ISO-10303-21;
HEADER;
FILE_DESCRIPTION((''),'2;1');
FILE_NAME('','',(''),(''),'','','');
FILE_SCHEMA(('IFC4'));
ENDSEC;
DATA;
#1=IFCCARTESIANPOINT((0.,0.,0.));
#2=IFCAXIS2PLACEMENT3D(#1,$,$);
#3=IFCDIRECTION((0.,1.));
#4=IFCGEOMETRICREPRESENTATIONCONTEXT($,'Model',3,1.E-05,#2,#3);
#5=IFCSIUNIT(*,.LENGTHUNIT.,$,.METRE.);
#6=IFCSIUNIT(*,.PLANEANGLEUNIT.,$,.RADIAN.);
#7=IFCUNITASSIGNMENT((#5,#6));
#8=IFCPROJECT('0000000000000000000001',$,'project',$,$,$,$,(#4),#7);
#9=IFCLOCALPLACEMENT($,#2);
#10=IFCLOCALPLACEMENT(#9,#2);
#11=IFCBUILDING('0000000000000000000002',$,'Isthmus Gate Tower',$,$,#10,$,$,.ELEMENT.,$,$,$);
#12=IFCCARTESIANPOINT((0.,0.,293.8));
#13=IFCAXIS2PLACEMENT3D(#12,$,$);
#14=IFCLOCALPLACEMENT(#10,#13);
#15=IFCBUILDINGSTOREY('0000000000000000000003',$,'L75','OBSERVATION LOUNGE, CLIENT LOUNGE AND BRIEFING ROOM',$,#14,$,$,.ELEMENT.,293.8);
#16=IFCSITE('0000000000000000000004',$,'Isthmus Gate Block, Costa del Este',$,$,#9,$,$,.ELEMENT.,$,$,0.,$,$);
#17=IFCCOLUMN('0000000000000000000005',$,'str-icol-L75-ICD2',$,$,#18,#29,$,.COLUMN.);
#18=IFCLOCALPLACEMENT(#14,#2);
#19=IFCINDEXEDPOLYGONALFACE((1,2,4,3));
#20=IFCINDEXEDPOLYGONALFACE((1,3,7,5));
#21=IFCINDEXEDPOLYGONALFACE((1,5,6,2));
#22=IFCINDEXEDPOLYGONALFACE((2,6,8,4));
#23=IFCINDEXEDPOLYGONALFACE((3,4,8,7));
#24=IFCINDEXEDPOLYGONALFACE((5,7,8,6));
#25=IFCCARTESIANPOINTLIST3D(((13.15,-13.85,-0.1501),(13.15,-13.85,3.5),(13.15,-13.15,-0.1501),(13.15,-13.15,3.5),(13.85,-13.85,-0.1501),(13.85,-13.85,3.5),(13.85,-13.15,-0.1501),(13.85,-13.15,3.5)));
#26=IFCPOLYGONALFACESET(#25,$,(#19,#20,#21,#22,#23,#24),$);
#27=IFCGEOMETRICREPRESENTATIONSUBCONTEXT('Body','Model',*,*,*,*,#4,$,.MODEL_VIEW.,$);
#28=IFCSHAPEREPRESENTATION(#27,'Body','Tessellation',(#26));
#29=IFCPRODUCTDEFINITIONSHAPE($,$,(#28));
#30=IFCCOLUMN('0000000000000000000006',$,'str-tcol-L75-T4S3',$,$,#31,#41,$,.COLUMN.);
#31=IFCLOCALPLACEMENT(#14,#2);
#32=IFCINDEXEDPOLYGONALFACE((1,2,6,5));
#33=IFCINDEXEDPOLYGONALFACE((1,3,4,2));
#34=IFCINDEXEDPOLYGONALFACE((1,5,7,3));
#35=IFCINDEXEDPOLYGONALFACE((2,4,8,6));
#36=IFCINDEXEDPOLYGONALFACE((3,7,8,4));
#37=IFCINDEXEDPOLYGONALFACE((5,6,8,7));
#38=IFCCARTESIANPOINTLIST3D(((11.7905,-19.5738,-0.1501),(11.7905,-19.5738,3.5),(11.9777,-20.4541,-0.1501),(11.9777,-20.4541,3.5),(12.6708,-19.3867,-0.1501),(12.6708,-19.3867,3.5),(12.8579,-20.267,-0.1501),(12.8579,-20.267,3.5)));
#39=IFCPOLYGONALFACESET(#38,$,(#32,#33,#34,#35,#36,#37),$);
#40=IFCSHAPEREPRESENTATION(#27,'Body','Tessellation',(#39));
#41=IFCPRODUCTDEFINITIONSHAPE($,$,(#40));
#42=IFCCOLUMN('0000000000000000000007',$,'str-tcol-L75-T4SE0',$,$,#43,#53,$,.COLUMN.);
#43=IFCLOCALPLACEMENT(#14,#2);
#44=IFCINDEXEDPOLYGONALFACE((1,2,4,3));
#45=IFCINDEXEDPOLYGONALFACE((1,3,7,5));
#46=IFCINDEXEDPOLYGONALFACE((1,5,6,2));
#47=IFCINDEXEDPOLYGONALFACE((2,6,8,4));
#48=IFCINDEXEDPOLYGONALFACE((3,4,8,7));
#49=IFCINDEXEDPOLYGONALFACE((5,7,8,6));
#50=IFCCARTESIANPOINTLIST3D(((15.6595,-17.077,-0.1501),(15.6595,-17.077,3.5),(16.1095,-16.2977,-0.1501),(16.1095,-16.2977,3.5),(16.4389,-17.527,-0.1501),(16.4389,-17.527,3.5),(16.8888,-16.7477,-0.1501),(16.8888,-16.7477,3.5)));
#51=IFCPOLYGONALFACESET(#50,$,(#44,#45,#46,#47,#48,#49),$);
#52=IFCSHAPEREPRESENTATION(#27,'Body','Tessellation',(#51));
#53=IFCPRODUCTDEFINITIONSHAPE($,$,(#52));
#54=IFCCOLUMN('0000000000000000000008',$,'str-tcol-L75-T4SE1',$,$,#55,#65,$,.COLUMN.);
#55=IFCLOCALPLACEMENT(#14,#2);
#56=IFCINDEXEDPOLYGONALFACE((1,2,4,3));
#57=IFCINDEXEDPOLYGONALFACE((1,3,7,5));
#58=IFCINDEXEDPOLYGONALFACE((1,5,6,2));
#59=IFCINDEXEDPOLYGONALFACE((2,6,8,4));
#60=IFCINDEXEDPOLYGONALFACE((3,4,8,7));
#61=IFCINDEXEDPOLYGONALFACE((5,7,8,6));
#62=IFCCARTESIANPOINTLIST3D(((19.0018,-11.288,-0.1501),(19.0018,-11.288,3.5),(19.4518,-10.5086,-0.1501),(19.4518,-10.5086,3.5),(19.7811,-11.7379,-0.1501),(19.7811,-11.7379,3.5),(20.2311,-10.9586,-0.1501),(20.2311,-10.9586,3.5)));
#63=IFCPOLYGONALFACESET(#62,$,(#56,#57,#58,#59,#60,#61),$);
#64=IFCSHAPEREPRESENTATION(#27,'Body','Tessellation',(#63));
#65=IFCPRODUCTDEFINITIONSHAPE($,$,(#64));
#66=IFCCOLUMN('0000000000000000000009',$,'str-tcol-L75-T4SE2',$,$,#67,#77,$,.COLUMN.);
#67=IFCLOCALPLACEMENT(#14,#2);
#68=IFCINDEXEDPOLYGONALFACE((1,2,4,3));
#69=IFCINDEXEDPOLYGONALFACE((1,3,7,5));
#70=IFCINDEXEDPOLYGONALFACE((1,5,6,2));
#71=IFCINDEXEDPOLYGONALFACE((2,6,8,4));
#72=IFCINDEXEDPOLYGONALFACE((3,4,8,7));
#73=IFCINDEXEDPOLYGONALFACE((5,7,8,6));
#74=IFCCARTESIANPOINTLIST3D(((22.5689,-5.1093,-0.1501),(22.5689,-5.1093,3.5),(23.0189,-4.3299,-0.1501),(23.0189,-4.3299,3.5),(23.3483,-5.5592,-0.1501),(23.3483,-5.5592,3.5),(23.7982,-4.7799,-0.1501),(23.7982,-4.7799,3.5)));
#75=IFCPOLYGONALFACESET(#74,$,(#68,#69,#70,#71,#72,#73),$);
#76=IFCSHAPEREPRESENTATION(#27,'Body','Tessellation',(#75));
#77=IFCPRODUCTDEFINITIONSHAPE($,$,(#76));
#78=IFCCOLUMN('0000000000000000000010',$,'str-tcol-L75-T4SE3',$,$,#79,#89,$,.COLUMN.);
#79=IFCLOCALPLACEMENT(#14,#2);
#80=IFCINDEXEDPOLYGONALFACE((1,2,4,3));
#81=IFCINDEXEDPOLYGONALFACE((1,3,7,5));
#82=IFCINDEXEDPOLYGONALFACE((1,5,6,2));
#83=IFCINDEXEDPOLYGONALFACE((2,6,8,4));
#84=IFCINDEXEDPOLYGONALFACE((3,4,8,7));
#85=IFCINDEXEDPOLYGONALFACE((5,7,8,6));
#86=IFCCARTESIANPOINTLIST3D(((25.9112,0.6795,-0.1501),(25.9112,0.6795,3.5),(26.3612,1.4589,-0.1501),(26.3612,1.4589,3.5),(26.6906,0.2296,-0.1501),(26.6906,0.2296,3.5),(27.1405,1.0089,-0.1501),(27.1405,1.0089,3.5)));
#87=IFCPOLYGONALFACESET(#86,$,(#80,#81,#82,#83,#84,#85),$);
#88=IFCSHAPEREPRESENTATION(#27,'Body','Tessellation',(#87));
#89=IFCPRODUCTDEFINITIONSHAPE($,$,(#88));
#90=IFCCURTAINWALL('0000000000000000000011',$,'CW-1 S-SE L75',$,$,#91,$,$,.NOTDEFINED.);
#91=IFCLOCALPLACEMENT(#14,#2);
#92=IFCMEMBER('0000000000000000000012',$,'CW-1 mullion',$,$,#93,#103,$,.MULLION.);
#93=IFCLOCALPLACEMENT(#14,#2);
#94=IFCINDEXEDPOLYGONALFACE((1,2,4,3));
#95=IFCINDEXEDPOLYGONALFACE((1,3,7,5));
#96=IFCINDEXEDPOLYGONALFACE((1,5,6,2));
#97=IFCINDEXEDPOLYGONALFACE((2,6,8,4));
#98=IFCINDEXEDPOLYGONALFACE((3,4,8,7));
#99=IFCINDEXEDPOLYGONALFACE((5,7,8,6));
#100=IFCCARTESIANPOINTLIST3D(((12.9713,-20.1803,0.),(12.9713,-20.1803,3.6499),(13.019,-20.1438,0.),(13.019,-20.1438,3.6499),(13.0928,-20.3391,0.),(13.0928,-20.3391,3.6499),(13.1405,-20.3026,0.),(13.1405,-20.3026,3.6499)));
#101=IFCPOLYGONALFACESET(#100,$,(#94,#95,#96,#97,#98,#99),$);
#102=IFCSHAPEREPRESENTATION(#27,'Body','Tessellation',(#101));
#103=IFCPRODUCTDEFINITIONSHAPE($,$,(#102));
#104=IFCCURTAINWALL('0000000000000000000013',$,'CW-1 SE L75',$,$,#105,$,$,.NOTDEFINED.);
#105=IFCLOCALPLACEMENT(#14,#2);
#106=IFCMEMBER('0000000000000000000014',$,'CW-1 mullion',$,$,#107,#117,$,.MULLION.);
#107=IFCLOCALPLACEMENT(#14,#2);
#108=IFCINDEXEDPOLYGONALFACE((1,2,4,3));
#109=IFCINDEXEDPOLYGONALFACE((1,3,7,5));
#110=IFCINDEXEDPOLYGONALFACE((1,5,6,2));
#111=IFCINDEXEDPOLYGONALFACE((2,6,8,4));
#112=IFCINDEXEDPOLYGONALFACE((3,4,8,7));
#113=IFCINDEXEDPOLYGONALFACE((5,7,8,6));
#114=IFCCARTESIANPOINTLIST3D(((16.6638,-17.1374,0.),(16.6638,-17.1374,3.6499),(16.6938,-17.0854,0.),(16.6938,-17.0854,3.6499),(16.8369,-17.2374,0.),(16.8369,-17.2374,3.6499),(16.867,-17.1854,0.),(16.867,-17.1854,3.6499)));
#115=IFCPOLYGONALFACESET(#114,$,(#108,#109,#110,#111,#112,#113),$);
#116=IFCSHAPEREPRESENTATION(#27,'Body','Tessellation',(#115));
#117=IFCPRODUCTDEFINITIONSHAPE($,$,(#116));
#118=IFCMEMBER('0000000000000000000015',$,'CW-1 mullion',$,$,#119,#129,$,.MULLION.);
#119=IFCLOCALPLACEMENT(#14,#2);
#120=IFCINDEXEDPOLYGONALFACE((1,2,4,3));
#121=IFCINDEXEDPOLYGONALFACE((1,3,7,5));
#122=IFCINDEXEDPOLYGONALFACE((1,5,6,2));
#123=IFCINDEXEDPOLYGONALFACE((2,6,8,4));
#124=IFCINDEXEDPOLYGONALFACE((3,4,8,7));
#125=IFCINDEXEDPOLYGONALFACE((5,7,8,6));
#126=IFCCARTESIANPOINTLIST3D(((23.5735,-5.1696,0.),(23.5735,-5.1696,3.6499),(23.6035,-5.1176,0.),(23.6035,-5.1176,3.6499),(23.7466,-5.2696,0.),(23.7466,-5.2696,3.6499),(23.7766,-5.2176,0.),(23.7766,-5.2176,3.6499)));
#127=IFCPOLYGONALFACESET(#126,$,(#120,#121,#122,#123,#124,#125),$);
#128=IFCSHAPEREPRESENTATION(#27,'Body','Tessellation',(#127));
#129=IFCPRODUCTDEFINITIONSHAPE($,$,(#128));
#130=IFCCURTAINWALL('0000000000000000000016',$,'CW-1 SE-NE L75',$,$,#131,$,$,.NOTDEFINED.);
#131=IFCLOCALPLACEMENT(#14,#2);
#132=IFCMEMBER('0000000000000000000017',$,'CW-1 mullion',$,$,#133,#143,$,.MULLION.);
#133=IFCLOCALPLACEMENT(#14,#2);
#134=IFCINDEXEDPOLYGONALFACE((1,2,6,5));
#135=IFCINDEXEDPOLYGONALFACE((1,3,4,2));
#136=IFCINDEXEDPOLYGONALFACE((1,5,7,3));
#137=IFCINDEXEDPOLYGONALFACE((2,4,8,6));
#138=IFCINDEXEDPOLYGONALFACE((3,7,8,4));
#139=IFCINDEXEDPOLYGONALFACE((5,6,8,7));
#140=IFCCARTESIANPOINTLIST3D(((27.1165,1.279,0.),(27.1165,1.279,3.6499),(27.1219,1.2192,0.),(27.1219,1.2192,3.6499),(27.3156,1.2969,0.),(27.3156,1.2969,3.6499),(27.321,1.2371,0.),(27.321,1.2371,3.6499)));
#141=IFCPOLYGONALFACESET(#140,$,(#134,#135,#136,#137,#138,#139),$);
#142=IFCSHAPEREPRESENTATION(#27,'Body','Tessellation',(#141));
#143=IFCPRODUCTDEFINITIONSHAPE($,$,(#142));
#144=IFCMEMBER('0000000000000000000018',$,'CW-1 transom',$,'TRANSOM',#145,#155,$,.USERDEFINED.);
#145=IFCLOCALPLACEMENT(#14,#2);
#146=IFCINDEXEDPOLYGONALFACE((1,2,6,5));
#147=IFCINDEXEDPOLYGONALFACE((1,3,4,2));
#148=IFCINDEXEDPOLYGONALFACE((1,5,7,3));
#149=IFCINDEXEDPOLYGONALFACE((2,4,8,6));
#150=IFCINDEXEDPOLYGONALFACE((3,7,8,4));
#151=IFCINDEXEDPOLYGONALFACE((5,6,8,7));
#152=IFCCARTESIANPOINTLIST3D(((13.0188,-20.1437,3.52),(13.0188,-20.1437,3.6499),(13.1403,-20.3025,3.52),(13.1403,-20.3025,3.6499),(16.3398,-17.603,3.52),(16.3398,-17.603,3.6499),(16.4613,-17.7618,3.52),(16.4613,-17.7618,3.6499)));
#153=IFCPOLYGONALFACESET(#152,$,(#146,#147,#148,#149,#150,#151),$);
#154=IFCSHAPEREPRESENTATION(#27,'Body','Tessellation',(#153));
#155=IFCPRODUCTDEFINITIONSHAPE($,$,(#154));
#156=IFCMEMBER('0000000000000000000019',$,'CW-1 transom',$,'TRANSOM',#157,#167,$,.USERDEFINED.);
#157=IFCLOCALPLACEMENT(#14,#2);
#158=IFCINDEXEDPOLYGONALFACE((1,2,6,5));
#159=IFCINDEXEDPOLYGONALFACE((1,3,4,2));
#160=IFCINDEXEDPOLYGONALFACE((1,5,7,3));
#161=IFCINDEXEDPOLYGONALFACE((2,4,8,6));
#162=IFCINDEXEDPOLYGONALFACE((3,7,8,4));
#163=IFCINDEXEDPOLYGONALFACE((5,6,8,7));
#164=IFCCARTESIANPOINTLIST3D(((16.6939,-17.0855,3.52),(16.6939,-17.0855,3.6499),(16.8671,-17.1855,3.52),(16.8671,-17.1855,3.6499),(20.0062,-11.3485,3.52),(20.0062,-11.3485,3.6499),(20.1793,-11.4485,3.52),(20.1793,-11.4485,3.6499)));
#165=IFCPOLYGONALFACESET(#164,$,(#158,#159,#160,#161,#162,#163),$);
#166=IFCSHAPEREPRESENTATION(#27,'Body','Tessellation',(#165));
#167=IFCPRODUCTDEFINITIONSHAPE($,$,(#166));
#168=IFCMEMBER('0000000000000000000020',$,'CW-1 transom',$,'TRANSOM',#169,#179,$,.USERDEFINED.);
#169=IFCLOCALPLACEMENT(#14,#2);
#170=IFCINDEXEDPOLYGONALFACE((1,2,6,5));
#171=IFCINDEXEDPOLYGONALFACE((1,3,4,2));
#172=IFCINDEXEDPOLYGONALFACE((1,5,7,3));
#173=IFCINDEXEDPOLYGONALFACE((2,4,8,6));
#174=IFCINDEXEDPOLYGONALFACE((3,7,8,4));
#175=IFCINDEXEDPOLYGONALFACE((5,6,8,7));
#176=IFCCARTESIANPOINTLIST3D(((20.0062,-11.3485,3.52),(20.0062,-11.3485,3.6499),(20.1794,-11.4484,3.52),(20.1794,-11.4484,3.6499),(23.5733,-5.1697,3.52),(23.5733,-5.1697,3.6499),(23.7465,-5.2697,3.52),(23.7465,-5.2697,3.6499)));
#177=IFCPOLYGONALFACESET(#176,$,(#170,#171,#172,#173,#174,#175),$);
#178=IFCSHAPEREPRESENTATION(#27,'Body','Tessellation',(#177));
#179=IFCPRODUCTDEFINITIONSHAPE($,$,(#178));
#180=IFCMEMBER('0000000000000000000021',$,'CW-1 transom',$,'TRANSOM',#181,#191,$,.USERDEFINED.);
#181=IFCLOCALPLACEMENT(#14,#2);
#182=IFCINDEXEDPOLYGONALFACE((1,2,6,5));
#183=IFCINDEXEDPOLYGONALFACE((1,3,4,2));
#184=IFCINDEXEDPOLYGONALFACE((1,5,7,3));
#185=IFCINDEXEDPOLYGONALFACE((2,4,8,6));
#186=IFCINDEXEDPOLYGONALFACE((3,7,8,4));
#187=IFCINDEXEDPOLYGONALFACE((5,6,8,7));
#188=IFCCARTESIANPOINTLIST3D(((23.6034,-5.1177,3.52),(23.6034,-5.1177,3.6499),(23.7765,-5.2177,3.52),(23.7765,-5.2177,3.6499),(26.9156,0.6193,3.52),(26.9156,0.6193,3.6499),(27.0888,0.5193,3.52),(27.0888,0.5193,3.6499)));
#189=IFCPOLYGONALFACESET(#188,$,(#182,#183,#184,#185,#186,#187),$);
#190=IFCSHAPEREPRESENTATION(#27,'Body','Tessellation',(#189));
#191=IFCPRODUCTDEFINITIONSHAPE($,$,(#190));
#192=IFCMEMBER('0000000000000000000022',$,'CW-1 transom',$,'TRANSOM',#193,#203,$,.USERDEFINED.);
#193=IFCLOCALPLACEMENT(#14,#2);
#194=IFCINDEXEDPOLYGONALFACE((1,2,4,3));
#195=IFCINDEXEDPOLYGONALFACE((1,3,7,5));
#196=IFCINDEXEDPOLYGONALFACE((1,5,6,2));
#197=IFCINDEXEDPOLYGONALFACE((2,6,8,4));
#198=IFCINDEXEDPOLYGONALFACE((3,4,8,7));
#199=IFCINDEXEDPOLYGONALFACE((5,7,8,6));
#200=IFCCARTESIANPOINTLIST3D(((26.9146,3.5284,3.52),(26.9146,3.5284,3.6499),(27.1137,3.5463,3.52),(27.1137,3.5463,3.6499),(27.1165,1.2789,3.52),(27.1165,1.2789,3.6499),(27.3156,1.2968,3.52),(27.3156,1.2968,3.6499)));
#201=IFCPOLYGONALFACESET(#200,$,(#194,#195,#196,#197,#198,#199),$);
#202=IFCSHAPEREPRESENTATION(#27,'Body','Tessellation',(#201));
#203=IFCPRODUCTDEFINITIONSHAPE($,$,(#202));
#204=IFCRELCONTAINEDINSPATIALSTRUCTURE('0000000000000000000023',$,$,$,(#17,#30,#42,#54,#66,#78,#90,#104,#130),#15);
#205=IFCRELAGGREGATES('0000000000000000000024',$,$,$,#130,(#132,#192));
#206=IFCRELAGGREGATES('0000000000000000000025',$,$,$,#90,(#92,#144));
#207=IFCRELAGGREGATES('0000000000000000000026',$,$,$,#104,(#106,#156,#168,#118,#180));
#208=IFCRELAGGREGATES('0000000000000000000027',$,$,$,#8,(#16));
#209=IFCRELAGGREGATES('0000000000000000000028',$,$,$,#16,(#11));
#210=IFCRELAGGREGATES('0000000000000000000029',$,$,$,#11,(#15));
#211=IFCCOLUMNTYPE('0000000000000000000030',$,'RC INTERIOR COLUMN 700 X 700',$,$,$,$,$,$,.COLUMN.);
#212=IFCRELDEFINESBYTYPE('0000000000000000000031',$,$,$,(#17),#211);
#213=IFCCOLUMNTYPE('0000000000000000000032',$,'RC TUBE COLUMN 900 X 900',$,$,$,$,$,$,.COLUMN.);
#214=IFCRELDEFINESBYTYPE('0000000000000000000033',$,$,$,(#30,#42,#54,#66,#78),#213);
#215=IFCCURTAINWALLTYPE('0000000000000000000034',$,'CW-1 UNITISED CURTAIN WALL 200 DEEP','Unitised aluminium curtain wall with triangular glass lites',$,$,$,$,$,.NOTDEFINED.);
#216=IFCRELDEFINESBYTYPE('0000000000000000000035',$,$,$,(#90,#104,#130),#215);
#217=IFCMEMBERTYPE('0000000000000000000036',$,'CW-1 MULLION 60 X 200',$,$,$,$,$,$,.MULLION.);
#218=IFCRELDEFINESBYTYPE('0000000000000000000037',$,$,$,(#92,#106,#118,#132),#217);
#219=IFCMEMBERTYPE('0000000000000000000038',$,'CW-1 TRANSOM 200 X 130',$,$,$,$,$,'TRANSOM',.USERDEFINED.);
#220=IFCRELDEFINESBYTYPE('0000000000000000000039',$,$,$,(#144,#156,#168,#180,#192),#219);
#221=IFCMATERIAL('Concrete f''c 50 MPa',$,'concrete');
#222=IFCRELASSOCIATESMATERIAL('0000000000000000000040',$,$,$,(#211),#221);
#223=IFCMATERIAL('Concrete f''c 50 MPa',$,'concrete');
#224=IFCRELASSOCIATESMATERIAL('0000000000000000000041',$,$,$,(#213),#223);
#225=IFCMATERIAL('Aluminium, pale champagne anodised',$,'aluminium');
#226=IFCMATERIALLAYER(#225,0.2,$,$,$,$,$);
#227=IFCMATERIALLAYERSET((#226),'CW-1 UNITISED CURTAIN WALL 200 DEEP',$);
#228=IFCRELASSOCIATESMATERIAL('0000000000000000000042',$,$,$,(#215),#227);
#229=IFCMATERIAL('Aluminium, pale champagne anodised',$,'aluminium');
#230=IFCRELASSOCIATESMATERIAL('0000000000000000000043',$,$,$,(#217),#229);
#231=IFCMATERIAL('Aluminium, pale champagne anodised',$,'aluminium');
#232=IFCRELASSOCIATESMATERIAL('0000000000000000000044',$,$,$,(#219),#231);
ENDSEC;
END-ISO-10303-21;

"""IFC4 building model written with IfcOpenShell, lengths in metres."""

from ifc_helpers import new_model, si_unit, direction, frame, origin, origin_2d, place, context, subcontext, project, spatial, rectangle, extrude, material, layer, layer_set, material_profile, profile_set, type_object, element, aggregate, save


model = new_model("IFC4")

# Units and contexts
model_context = context("Model", 3, precision=1e-05, world=origin(), true_north=direction((0.0, 1.0)))
body_context = subcontext(model_context, "Body", "Model", "MODEL_VIEW")
ifc_project = project(units=[si_unit("LENGTHUNIT", "METRE"), si_unit("PLANEANGLEUNIT", "RADIAN")], contexts=[model_context])

# Site, building, storey
site_placement = place(None, origin())
site = spatial("IfcSite", under=ifc_project, at=site_placement, Name="Isthmus Gate Block, Costa del Este", CompositionType="ELEMENT", RefElevation=0.0)
building_placement = place(site_placement, origin())
building = spatial("IfcBuilding", under=site, at=building_placement, Name="Isthmus Gate Tower", CompositionType="ELEMENT")
storey_placement = place(building_placement, frame((0.0, 0.0, 293.8)))
storey = spatial("IfcBuildingStorey", under=building, at=storey_placement, Name="L75", Description="OBSERVATION LOUNGE, CLIENT LOUNGE AND BRIEFING ROOM", CompositionType="ELEMENT", Elevation=293.8)

# Columns
ifc_material_1 = material(Name="Concrete f'c 50 MPa", Category="concrete")
ifc_material_profile_1 = material_profile(ifc_material_1, rectangle(XDim=0.7, YDim=0.7, at=origin_2d()), Name="RC 700X700")
ifc_profile_set_1 = profile_set([ifc_material_profile_1], Name="Concrete f'c 50 MPa")
column_type_1 = type_object("IfcColumnType", Name="RC INTERIOR COLUMN 700 X 700", PredefinedType="COLUMN", material=ifc_profile_set_1)
column_placement = place(storey_placement, frame((13.5, -13.5, -0.1501), z_axis=(0.0, 0.0, 1.0), x_axis=(1.0, 0.0, 0.0)))
element("IfcColumn", 1, at=column_placement, inside=storey, type_object=column_type_1, Name="str-icol-L75-ICD2", PredefinedType="COLUMN", context=body_context, shape_type="SweptSolid", body=[
    extrude(rectangle(XDim=0.7, YDim=0.7, at=origin_2d()), origin(), (0.0, 0.0, 1.0), 3.6501),
])
ifc_material_2 = material(Name="Concrete f'c 50 MPa", Category="concrete")
ifc_material_profile_2 = material_profile(ifc_material_2, rectangle(XDim=0.8999, YDim=0.8999, at=origin_2d()), Name="RC 900X900")
ifc_profile_set_2 = profile_set([ifc_material_profile_2], Name="Concrete f'c 50 MPa")
column_type_2 = type_object("IfcColumnType", Name="RC TUBE COLUMN 900 X 900", PredefinedType="COLUMN", material=ifc_profile_set_2)
for number, where, z_axis, x_axis, name in (
    (2, (12.3242, -19.9204, -0.1501), (0.0, 0.0, 1.0), (0.978148, 0.207912, 0.0), "str-tcol-L75-T4S3"),
    (3, (16.2742, -16.9124, -0.1501), (0.0, 0.0, 1.0), (0.5, 0.866025, 0.0), "str-tcol-L75-T4SE0"),
    (4, (19.6165, -11.1233, -0.1501), (0.0, 0.0, 1.0), (0.5, 0.866025, 0.0), "str-tcol-L75-T4SE1"),
    (5, (23.1836, -4.9446, -0.1501), (0.0, 0.0, 1.0), (0.5, 0.866025, 0.0), "str-tcol-L75-T4SE2"),
    (6, (26.5259, 0.8442, -0.1501), (0.0, 0.0, 1.0), (0.5, 0.866025, 0.0), "str-tcol-L75-T4SE3"),
):
    element("IfcColumn", number, at=place(storey_placement, frame(where, z_axis=z_axis, x_axis=x_axis)), inside=storey, type_object=column_type_2, Name=name, PredefinedType="COLUMN", context=body_context, shape_type="SweptSolid", body=[
        extrude(rectangle(XDim=0.8999, YDim=0.8999, at=origin_2d()), origin(), (0.0, 0.0, 1.0), 3.6501),
    ])

# Curtain wall, member
ifc_material_3 = material(Name="Aluminium, pale champagne anodised", Category="aluminium")
ifc_layer_1 = layer(ifc_material_3, 0.2)
ifc_layer_set_1 = layer_set([ifc_layer_1], Name="CW-1 UNITISED CURTAIN WALL 200 DEEP")
curtain_wall_type = type_object("IfcCurtainWallType", Name="CW-1 UNITISED CURTAIN WALL 200 DEEP", Description="Unitised aluminium curtain wall with triangular glass lites", PredefinedType="NOTDEFINED", material=ifc_layer_set_1)
curtain_wall_1_placement = place(storey_placement, origin())
curtain_wall_1 = element("IfcCurtainWall", 7, at=curtain_wall_1_placement, inside=storey, type_object=curtain_wall_type, Name="CW-1 S-SE L75", PredefinedType="NOTDEFINED")
ifc_material_4 = material(Name="Aluminium, pale champagne anodised", Category="aluminium")
ifc_material_profile_3 = material_profile(ifc_material_4, rectangle(XDim=0.0601, YDim=0.2, at=origin_2d()), Name="60x200")
ifc_profile_set_3 = profile_set([ifc_material_profile_3], Name="Aluminium, pale champagne anodised")
member_type_1 = type_object("IfcMemberType", Name="CW-1 MULLION 60 X 200", PredefinedType="MULLION", material=ifc_profile_set_3)
member_1_placement = place(storey_placement, frame((13.0559, -20.2415, 0.0), z_axis=(0.0, 0.0, 1.0), x_axis=(0.794189, 0.607671, 0.0)))
member_1 = element("IfcMember", 8, at=member_1_placement, type_object=member_type_1, Name="CW-1 mullion", PredefinedType="MULLION", context=body_context, shape_type="SweptSolid", body=[
    extrude(rectangle(XDim=0.0601, YDim=0.2, at=origin_2d()), origin(), (0.0, 0.0, 1.0), 3.6499),
])

# Curtain wall, members
curtain_wall_2_placement = place(storey_placement, origin())
curtain_wall_2 = element("IfcCurtainWall", 9, at=curtain_wall_2_placement, inside=storey, type_object=curtain_wall_type, Name="CW-1 SE L75", PredefinedType="NOTDEFINED")
member_2_placement = place(storey_placement, frame((16.7654, -17.1614, 0.0), z_axis=(0.0, 0.0, 1.0), x_axis=(0.5, 0.866025, 0.0)))
member_2 = element("IfcMember", 10, at=member_2_placement, type_object=member_type_1, Name="CW-1 mullion", PredefinedType="MULLION", context=body_context, shape_type="SweptSolid", body=[
    extrude(rectangle(XDim=0.0601, YDim=0.2, at=origin_2d()), origin(), (0.0, 0.0, 1.0), 3.6499),
])
member_3_placement = place(storey_placement, frame((23.675, -5.1936, 0.0), z_axis=(0.0, 0.0, 1.0), x_axis=(0.5, 0.866025, 0.0)))
member_3 = element("IfcMember", 11, at=member_3_placement, type_object=member_type_1, Name="CW-1 mullion", PredefinedType="MULLION", context=body_context, shape_type="SweptSolid", body=[
    extrude(rectangle(XDim=0.0601, YDim=0.2, at=origin_2d()), origin(), (0.0, 0.0, 1.0), 3.6499),
])

# Curtain wall, member
curtain_wall_3_placement = place(storey_placement, origin())
curtain_wall_3 = element("IfcCurtainWall", 12, at=curtain_wall_3_placement, inside=storey, type_object=curtain_wall_type, Name="CW-1 SE-NE L75", PredefinedType="NOTDEFINED")
member_4_placement = place(storey_placement, frame((27.2188, 1.2581, 0.0), z_axis=(0.0, 0.0, 1.0), x_axis=(-0.089397, 0.995996, 0.0)))
member_4 = element("IfcMember", 13, at=member_4_placement, type_object=member_type_1, Name="CW-1 mullion", PredefinedType="MULLION", context=body_context, shape_type="SweptSolid", body=[
    extrude(rectangle(XDim=0.0601, YDim=0.2, at=origin_2d()), origin(), (0.0, 0.0, 1.0), 3.6499),
])

# Members
ifc_material_5 = material(Name="Aluminium, pale champagne anodised", Category="aluminium")
ifc_material_profile_4 = material_profile(ifc_material_5, rectangle(XDim=0.2, YDim=0.1299, at=origin_2d()), Name="200x130")
ifc_profile_set_4 = profile_set([ifc_material_profile_4], Name="Aluminium, pale champagne anodised")
member_type_2 = type_object("IfcMemberType", Name="CW-1 TRANSOM 200 X 130", ElementType="TRANSOM", PredefinedType="USERDEFINED", material=ifc_profile_set_4)
member_5_placement = place(storey_placement, frame((13.0796, -20.2231, 3.585), z_axis=(0.794225, 0.607623, 0.0), x_axis=(-0.607623, 0.794225, 0.0)))
member_5 = element("IfcMember", 14, at=member_5_placement, type_object=member_type_2, Name="CW-1 transom", ObjectType="TRANSOM", PredefinedType="USERDEFINED", context=body_context, shape_type="SweptSolid", body=[
    extrude(rectangle(XDim=0.2, YDim=0.1299, at=origin_2d()), origin(), (0.0, 0.0, 1.0), 4.1814),
])
member_6_placement = place(storey_placement, frame((16.7805, -17.1355, 3.585), z_axis=(0.499996, 0.866028, 0.0), x_axis=(-0.866028, 0.499996, 0.0)))
member_6 = element("IfcMember", 15, at=member_6_placement, type_object=member_type_2, Name="CW-1 transom", ObjectType="TRANSOM", PredefinedType="USERDEFINED", context=body_context, shape_type="SweptSolid", body=[
    extrude(rectangle(XDim=0.2, YDim=0.1299, at=origin_2d()), origin(), (0.0, 0.0, 1.0), 6.6245),
])
member_7_placement = place(storey_placement, frame((20.0928, -11.3984, 3.585), z_axis=(0.499985, 0.866034, 0.0), x_axis=(-0.866034, 0.499985, 0.0)))
member_7 = element("IfcMember", 16, at=member_7_placement, type_object=member_type_2, Name="CW-1 transom", ObjectType="TRANSOM", PredefinedType="USERDEFINED", context=body_context, shape_type="SweptSolid", body=[
    extrude(rectangle(XDim=0.2, YDim=0.1299, at=origin_2d()), origin(), (0.0, 0.0, 1.0), 7.1345),
])
member_8_placement = place(storey_placement, frame((23.6899, -5.1677, 3.585), z_axis=(0.499996, 0.866028, 0.0), x_axis=(-0.866028, 0.499996, 0.0)))
member_8 = element("IfcMember", 17, at=member_8_placement, type_object=member_type_2, Name="CW-1 transom", ObjectType="TRANSOM", PredefinedType="USERDEFINED", context=body_context, shape_type="SweptSolid", body=[
    extrude(rectangle(XDim=0.2, YDim=0.1299, at=origin_2d()), origin(), (0.0, 0.0, 1.0), 6.6245),
])
member_9_placement = place(storey_placement, frame((27.2161, 1.2878, 3.585), z_axis=(-0.089395, 0.995996, 0.0), x_axis=(-0.995996, -0.089395, 0.0)))
member_9 = element("IfcMember", 18, at=member_9_placement, type_object=member_type_2, Name="CW-1 transom", ObjectType="TRANSOM", PredefinedType="USERDEFINED", context=body_context, shape_type="SweptSolid", body=[
    extrude(rectangle(XDim=0.2, YDim=0.1299, at=origin_2d()), origin(), (0.0, 0.0, 1.0), 2.2585),
])
aggregate(curtain_wall_3, [member_4, member_9])

aggregate(curtain_wall_1, [member_1, member_5])
aggregate(curtain_wall_2, [member_2, member_6, member_7, member_3, member_8])

save(model, "model.ifc")
